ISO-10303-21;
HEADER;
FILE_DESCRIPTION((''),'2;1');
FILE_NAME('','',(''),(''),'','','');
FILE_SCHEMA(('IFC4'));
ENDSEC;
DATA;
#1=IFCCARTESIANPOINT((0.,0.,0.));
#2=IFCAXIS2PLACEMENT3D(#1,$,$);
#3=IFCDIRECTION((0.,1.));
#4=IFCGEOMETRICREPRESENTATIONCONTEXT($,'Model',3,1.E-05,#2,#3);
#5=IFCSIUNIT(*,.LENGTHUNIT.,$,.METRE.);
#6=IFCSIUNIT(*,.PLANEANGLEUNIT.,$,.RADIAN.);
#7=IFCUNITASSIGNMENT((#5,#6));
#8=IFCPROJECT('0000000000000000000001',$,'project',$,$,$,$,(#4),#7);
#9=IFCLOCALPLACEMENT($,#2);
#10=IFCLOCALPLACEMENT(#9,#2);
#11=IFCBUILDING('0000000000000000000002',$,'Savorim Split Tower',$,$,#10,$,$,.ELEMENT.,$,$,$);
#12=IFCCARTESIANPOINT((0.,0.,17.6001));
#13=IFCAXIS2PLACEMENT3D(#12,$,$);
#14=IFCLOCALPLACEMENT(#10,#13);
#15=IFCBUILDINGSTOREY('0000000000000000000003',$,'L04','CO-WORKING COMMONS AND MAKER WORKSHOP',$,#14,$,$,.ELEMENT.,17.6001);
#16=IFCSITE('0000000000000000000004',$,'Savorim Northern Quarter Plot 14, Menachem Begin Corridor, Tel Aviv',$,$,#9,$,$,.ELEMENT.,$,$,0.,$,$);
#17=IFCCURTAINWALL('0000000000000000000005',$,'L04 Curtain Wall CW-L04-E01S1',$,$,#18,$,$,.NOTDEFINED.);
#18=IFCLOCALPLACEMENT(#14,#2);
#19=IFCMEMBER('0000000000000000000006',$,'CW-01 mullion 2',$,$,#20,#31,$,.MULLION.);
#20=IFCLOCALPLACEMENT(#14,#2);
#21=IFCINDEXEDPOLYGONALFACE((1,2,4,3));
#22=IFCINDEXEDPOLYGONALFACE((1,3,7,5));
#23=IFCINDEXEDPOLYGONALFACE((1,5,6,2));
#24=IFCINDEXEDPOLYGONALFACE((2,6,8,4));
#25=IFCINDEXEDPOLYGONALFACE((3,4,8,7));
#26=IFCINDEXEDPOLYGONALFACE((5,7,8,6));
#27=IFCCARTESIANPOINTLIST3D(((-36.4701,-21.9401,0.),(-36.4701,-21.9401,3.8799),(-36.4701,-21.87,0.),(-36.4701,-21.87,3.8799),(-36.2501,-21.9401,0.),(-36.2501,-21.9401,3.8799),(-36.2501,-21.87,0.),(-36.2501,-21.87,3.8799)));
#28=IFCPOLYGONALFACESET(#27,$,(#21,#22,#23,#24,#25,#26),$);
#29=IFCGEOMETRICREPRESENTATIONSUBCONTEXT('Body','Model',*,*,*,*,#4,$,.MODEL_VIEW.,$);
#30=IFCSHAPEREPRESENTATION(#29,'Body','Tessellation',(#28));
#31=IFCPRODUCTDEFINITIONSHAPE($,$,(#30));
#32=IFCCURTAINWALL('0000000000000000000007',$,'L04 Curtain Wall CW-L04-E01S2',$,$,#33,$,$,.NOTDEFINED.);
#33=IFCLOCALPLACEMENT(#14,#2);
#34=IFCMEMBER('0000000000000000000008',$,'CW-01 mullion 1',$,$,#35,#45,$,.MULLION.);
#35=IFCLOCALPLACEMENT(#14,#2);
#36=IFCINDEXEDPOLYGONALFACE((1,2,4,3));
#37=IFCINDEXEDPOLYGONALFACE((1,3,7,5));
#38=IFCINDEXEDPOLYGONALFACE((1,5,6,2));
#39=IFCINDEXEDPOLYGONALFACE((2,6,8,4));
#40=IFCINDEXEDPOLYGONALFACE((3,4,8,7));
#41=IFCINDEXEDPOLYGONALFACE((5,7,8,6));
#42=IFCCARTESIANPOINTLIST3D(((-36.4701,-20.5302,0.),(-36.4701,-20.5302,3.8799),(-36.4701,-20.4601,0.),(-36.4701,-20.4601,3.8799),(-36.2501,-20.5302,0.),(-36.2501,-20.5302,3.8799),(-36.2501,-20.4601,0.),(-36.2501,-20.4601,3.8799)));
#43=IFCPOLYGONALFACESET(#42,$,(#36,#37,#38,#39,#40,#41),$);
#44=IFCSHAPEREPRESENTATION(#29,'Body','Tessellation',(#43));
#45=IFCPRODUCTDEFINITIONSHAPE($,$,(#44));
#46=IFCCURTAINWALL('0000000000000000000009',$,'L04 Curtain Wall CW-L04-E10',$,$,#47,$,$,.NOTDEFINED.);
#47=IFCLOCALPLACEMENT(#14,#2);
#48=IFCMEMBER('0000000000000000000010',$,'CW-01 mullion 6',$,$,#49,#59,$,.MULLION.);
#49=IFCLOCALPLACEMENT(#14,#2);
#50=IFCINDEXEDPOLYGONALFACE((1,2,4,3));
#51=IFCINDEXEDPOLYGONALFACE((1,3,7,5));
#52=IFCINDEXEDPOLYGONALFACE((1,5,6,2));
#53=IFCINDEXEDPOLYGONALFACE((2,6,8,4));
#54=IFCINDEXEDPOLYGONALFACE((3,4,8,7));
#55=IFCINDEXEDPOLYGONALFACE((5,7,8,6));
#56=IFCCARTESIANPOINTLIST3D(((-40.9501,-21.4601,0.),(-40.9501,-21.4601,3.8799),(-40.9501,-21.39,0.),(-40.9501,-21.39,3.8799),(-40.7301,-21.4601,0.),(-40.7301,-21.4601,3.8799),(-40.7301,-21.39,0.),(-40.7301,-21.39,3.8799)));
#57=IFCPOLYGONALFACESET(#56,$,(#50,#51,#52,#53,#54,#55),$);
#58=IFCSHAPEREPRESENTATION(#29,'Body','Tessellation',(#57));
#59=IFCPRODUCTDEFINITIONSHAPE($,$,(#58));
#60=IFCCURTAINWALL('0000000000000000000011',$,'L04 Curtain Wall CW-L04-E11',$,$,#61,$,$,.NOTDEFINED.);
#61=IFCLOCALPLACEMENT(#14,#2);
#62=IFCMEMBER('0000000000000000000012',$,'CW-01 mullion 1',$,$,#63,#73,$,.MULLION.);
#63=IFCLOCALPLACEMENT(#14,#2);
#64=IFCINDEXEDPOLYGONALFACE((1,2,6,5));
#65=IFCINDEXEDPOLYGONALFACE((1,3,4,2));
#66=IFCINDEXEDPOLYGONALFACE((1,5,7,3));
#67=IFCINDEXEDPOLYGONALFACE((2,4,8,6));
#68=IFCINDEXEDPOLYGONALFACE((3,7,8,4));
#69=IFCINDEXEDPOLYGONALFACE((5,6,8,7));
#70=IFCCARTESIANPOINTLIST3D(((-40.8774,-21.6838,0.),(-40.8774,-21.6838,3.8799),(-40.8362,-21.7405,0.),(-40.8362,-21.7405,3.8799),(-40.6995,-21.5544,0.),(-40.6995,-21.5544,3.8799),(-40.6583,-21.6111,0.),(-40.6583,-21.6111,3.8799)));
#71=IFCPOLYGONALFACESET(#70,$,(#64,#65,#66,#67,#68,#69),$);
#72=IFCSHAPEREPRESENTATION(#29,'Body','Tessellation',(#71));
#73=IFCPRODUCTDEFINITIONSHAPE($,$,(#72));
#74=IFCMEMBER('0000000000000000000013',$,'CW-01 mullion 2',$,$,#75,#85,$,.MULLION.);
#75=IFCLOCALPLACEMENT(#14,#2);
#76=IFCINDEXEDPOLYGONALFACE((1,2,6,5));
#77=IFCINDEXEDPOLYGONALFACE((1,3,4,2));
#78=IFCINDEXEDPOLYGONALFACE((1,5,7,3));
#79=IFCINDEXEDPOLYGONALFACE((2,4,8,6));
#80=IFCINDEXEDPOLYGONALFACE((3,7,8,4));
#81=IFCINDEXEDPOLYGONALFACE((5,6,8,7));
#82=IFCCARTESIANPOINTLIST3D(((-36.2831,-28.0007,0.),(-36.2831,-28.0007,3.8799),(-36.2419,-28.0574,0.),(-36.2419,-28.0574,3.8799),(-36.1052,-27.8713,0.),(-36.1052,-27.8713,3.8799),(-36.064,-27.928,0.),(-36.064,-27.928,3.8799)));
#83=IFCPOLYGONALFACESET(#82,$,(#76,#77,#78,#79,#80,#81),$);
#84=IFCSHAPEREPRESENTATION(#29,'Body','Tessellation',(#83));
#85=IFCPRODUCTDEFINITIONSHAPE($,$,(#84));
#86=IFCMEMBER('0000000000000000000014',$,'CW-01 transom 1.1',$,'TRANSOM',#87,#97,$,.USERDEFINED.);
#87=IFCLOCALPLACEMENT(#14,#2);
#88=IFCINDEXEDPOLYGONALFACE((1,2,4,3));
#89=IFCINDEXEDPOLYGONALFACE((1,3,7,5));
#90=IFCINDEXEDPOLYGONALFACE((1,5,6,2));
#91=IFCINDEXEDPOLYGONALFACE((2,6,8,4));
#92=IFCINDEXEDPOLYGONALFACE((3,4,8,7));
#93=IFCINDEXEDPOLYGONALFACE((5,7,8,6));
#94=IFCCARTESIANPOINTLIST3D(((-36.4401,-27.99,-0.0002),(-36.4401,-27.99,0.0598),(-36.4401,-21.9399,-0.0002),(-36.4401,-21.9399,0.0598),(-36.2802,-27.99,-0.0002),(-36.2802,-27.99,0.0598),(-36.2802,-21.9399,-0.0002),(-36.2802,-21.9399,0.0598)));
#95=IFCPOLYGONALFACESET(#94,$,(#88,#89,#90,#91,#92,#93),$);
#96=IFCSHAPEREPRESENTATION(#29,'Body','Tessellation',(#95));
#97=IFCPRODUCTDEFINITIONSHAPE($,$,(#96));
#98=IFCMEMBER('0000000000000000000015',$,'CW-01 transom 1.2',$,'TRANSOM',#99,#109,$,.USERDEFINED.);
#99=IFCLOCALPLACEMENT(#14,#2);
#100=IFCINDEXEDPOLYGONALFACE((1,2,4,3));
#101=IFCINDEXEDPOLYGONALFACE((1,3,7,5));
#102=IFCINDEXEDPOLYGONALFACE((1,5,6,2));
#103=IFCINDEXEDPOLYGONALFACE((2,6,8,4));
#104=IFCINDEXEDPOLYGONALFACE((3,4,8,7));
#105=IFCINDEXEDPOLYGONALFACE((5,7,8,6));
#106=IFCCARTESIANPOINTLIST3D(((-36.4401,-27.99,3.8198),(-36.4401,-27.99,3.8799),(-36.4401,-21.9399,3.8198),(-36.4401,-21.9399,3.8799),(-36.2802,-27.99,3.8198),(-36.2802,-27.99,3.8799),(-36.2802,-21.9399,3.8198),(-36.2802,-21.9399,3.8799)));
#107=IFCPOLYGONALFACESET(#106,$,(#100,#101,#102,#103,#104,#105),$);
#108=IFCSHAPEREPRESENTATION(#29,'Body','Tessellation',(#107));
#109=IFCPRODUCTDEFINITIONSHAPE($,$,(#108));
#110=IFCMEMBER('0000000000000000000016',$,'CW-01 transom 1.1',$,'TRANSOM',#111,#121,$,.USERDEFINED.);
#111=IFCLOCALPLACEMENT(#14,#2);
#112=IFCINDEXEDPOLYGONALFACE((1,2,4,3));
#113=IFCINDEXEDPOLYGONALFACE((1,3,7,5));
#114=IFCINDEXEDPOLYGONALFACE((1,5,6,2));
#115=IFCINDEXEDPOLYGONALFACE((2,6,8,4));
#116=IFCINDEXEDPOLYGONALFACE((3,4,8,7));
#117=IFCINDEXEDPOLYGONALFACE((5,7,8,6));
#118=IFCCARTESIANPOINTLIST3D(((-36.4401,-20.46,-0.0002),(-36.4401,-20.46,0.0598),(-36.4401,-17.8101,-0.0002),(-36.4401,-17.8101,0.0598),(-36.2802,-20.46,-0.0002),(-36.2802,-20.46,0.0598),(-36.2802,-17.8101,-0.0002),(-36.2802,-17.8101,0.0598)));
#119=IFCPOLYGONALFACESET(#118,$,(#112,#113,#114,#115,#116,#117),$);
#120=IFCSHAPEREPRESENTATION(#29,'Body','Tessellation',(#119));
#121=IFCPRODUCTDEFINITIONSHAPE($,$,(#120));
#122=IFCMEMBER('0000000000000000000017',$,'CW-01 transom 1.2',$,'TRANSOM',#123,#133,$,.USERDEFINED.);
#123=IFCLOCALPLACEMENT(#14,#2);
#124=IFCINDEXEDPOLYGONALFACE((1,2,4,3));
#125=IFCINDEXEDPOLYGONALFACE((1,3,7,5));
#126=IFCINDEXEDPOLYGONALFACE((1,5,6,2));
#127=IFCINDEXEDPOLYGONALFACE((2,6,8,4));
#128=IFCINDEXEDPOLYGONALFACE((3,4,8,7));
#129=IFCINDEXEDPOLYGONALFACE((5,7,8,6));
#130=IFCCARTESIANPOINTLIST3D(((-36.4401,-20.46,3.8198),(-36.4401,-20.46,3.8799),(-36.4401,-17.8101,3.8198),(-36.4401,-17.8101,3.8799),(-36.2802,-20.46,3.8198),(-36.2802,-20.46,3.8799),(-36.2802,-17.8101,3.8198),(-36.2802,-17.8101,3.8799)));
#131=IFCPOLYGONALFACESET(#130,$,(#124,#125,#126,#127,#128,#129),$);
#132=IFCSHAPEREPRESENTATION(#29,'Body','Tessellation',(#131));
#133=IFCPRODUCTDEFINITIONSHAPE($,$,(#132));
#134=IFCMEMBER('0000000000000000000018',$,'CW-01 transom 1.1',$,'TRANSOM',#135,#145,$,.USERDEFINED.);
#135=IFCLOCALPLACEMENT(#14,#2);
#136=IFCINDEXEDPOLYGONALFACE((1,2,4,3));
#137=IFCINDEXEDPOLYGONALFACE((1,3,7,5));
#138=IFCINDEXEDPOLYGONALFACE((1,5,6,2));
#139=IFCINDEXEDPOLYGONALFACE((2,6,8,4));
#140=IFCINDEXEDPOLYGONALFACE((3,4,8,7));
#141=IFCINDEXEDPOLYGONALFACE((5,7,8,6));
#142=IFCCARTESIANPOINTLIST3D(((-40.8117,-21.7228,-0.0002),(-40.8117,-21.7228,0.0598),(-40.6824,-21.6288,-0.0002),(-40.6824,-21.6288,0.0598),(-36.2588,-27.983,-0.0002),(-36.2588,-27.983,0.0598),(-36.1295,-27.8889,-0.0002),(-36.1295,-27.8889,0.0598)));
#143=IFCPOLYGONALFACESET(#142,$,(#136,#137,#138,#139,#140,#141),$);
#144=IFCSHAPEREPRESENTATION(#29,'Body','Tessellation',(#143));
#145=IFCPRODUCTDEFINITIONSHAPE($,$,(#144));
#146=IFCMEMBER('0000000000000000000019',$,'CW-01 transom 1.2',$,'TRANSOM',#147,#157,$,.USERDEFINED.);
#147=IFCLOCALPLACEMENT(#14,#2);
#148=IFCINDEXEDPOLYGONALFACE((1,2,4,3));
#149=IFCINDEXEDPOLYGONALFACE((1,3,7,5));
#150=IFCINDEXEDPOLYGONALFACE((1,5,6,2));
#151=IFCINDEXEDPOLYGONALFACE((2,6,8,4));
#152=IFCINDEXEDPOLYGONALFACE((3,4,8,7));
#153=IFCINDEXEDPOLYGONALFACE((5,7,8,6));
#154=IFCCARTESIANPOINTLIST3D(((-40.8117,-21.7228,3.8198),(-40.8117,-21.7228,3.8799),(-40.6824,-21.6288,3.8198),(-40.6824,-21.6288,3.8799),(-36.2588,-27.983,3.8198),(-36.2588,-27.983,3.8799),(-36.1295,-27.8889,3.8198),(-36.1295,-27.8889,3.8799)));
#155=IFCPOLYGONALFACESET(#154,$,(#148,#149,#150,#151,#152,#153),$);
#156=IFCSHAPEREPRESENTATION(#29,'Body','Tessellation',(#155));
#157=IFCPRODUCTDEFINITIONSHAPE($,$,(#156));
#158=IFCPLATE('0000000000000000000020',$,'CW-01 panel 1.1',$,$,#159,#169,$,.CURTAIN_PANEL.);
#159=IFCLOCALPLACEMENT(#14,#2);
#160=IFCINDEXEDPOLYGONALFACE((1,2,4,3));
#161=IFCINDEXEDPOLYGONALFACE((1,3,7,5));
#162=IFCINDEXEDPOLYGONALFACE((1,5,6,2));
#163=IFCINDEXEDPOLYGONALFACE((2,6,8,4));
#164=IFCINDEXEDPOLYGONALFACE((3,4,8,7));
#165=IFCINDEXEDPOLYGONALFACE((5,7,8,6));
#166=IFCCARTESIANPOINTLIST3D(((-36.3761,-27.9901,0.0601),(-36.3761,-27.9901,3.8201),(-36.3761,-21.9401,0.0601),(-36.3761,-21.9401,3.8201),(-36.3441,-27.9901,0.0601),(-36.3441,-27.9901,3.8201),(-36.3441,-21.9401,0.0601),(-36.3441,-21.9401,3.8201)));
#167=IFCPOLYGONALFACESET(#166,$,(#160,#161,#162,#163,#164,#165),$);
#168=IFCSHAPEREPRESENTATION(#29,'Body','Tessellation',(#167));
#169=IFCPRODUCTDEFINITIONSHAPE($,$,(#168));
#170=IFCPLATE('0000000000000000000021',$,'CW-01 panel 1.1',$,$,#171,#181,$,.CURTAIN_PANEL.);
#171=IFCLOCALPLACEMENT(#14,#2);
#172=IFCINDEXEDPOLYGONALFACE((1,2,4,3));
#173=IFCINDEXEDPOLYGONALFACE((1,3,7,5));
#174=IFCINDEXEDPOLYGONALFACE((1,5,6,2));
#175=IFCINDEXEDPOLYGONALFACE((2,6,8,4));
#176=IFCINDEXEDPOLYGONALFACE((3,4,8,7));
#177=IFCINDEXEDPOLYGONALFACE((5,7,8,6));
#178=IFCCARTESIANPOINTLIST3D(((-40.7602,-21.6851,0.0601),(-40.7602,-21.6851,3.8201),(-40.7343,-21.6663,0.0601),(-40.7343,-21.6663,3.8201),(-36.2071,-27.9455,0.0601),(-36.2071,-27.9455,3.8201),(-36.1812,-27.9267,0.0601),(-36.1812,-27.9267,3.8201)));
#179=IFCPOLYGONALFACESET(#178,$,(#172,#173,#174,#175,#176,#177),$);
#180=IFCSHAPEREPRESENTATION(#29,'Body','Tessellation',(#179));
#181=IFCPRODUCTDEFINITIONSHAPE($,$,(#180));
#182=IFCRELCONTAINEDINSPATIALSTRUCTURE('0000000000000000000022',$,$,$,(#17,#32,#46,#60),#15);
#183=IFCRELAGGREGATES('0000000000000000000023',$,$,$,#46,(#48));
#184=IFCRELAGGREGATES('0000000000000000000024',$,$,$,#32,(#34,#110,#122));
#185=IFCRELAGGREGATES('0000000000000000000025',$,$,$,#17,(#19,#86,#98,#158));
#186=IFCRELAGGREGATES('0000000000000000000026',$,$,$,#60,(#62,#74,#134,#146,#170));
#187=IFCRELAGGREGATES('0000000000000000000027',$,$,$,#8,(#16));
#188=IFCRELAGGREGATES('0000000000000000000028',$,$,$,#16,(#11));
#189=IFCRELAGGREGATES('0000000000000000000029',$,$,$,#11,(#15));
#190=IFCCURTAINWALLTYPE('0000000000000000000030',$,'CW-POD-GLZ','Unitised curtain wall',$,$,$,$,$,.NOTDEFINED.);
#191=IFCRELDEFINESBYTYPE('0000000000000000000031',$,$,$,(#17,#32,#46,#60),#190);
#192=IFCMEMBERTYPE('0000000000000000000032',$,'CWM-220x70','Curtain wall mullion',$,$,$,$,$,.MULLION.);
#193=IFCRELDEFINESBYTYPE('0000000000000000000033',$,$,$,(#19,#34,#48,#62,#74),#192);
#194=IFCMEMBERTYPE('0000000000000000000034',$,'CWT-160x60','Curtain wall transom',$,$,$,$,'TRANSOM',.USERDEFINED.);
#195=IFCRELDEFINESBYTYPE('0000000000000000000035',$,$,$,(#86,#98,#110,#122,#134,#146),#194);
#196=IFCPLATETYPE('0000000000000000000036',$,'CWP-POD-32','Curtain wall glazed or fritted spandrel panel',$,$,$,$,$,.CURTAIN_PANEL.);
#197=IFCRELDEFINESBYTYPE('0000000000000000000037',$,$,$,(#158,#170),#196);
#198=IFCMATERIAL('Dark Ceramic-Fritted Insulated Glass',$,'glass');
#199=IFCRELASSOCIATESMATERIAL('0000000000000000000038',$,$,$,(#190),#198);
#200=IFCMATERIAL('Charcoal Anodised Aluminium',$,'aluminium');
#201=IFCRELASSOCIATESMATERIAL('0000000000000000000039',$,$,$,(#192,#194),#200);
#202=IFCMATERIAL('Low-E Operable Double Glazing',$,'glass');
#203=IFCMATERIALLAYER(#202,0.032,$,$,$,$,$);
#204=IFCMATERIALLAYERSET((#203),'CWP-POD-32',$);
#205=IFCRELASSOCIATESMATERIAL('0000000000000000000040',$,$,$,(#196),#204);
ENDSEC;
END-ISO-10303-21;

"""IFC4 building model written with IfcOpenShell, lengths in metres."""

from ifc_helpers import new_model, si_unit, direction, frame, origin, origin_2d, place, context, subcontext, project, spatial, rectangle, extrude, material, layer, layer_set, material_profile, profile_set, type_object, element, aggregate, save


model = new_model("IFC4")

# Units and contexts
model_context = context("Model", 3, precision=1e-05, world=origin(), true_north=direction((0.0, 1.0)))
body_context = subcontext(model_context, "Body", "Model", "MODEL_VIEW")
ifc_project = project(units=[si_unit("LENGTHUNIT", "METRE"), si_unit("PLANEANGLEUNIT", "RADIAN")], contexts=[model_context])

# Site, building, storey
site_placement = place(None, origin())
site = spatial("IfcSite", under=ifc_project, at=site_placement, Name="Savorim Northern Quarter Plot 14, Menachem Begin Corridor, Tel Aviv", CompositionType="ELEMENT", RefElevation=0.0)
building_placement = place(site_placement, origin())
building = spatial("IfcBuilding", under=site, at=building_placement, Name="Savorim Split Tower", CompositionType="ELEMENT")
storey_placement = place(building_placement, frame((0.0, 0.0, 17.6001)))
storey = spatial("IfcBuildingStorey", under=building, at=storey_placement, Name="L04", Description="CO-WORKING COMMONS AND MAKER WORKSHOP", CompositionType="ELEMENT", Elevation=17.6001)

# Curtain wall, member
ifc_material_1 = material(Name="Dark Ceramic-Fritted Insulated Glass", Category="glass")
curtain_wall_type = type_object("IfcCurtainWallType", Name="CW-POD-GLZ", Description="Unitised curtain wall", PredefinedType="NOTDEFINED", material=ifc_material_1)
curtain_wall_1_placement = place(storey_placement, origin())
curtain_wall_1 = element("IfcCurtainWall", 1, at=curtain_wall_1_placement, inside=storey, type_object=curtain_wall_type, Name="L04 Curtain Wall CW-L04-E01S1", PredefinedType="NOTDEFINED")
ifc_material_2 = material(Name="Charcoal Anodised Aluminium", Category="aluminium")
ifc_material_profile_1 = material_profile(ifc_material_2, rectangle(XDim=0.22, YDim=0.0701, at=origin_2d()), Name="ALU-M 220x70")
ifc_profile_set_1 = profile_set([ifc_material_profile_1], Name="Charcoal Anodised Aluminium")
member_type_1 = type_object("IfcMemberType", Name="CWM-220x70", Description="Curtain wall mullion", PredefinedType="MULLION", material=ifc_profile_set_1)
member_1_placement = place(storey_placement, frame((-36.3601, -21.905, 0.0), z_axis=(0.0, 0.0, 1.0), x_axis=(-1.0, 0.0, 0.0)))
member_1 = element("IfcMember", 2, at=member_1_placement, type_object=member_type_1, Name="CW-01 mullion 2", PredefinedType="MULLION", context=body_context, shape_type="SweptSolid", body=[
    extrude(rectangle(XDim=0.22, YDim=0.0701, at=origin_2d()), origin(), (0.0, 0.0, 1.0), 3.8799),
])

# Curtain walls, members
curtain_wall_2_placement = place(storey_placement, origin())
curtain_wall_2 = element("IfcCurtainWall", 3, at=curtain_wall_2_placement, inside=storey, type_object=curtain_wall_type, Name="L04 Curtain Wall CW-L04-E01S2", PredefinedType="NOTDEFINED")
member_2_placement = place(storey_placement, frame((-36.3601, -20.4951, 0.0), z_axis=(0.0, 0.0, 1.0), x_axis=(-1.0, 0.0, 0.0)))
member_2 = element("IfcMember", 4, at=member_2_placement, type_object=member_type_1, Name="CW-01 mullion 1", PredefinedType="MULLION", context=body_context, shape_type="SweptSolid", body=[
    extrude(rectangle(XDim=0.22, YDim=0.0701, at=origin_2d()), origin(), (0.0, 0.0, 1.0), 3.8799),
])
curtain_wall_3_placement = place(storey_placement, origin())
curtain_wall_3 = element("IfcCurtainWall", 5, at=curtain_wall_3_placement, inside=storey, type_object=curtain_wall_type, Name="L04 Curtain Wall CW-L04-E10", PredefinedType="NOTDEFINED")
member_3_placement = place(storey_placement, frame((-40.8401, -21.425, 0.0), z_axis=(0.0, 0.0, 1.0), x_axis=(1.0, 0.0, 0.0)))
member_3 = element("IfcMember", 6, at=member_3_placement, type_object=member_type_1, Name="CW-01 mullion 6", PredefinedType="MULLION", context=body_context, shape_type="SweptSolid", body=[
    extrude(rectangle(XDim=0.22, YDim=0.0701, at=origin_2d()), origin(), (0.0, 0.0, 1.0), 3.8799),
])
aggregate(curtain_wall_3, [member_3])

# Curtain wall, members
curtain_wall_4_placement = place(storey_placement, origin())
curtain_wall_4 = element("IfcCurtainWall", 7, at=curtain_wall_4_placement, inside=storey, type_object=curtain_wall_type, Name="L04 Curtain Wall CW-L04-E11", PredefinedType="NOTDEFINED")
member_4_placement = place(storey_placement, frame((-40.7678, -21.6475, 0.0), z_axis=(0.0, 0.0, 1.0), x_axis=(0.808733, 0.588176, 0.0)))
member_4 = element("IfcMember", 8, at=member_4_placement, type_object=member_type_1, Name="CW-01 mullion 1", PredefinedType="MULLION", context=body_context, shape_type="SweptSolid", body=[
    extrude(rectangle(XDim=0.22, YDim=0.0701, at=origin_2d()), origin(), (0.0, 0.0, 1.0), 3.8799),
])
member_5_placement = place(storey_placement, frame((-36.1736, -27.9644, 0.0), z_axis=(0.0, 0.0, 1.0), x_axis=(0.808733, 0.588176, 0.0)))
member_5 = element("IfcMember", 9, at=member_5_placement, type_object=member_type_1, Name="CW-01 mullion 2", PredefinedType="MULLION", context=body_context, shape_type="SweptSolid", body=[
    extrude(rectangle(XDim=0.22, YDim=0.0701, at=origin_2d()), origin(), (0.0, 0.0, 1.0), 3.8799),
])

# Members
ifc_material_profile_2 = material_profile(ifc_material_2, rectangle(XDim=0.1599, YDim=0.0601, at=origin_2d()), Name="ALU-T 160x60")
ifc_profile_set_2 = profile_set([ifc_material_profile_2], Name="Charcoal Anodised Aluminium")
member_type_2 = type_object("IfcMemberType", Name="CWT-160x60", Description="Curtain wall transom", ElementType="TRANSOM", PredefinedType="USERDEFINED", material=ifc_profile_set_2)
member_6_placement = place(storey_placement, frame((-36.3601, -27.99, 0.0298), z_axis=(0.0, 1.0, 0.0), x_axis=(-1.0, 0.0, 0.0)))
member_6 = element("IfcMember", 10, at=member_6_placement, type_object=member_type_2, Name="CW-01 transom 1.1", ObjectType="TRANSOM", PredefinedType="USERDEFINED", context=body_context, shape_type="SweptSolid", body=[
    extrude(rectangle(XDim=0.1599, YDim=0.0601, at=origin_2d()), origin(), (0.0, 0.0, 1.0), 6.05),
])
member_7_placement = place(storey_placement, frame((-36.3601, -27.99, 3.8499), z_axis=(0.0, 1.0, 0.0), x_axis=(-1.0, 0.0, 0.0)))
member_7 = element("IfcMember", 11, at=member_7_placement, type_object=member_type_2, Name="CW-01 transom 1.2", ObjectType="TRANSOM", PredefinedType="USERDEFINED", context=body_context, shape_type="SweptSolid", body=[
    extrude(rectangle(XDim=0.1599, YDim=0.0601, at=origin_2d()), origin(), (0.0, 0.0, 1.0), 6.05),
])
member_8_placement = place(storey_placement, frame((-36.3601, -20.46, 0.0298), z_axis=(0.0, 1.0, 0.0), x_axis=(-1.0, 0.0, 0.0)))
member_8 = element("IfcMember", 12, at=member_8_placement, type_object=member_type_2, Name="CW-01 transom 1.1", ObjectType="TRANSOM", PredefinedType="USERDEFINED", context=body_context, shape_type="SweptSolid", body=[
    extrude(rectangle(XDim=0.1599, YDim=0.0601, at=origin_2d()), origin(), (0.0, 0.0, 1.0), 2.6499),
])
member_9_placement = place(storey_placement, frame((-36.3601, -20.46, 3.8499), z_axis=(0.0, 1.0, 0.0), x_axis=(-1.0, 0.0, 0.0)))
member_9 = element("IfcMember", 13, at=member_9_placement, type_object=member_type_2, Name="CW-01 transom 1.2", ObjectType="TRANSOM", PredefinedType="USERDEFINED", context=body_context, shape_type="SweptSolid", body=[
    extrude(rectangle(XDim=0.1599, YDim=0.0601, at=origin_2d()), origin(), (0.0, 0.0, 1.0), 2.6499),
])
aggregate(curtain_wall_2, [member_2, member_8, member_9])
member_10_placement = place(storey_placement, frame((-40.7471, -21.6758, 0.0298), z_axis=(0.588177, -0.808732, 0.0), x_axis=(0.808732, 0.588177, 0.0)))
member_10 = element("IfcMember", 14, at=member_10_placement, type_object=member_type_2, Name="CW-01 transom 1.1", ObjectType="TRANSOM", PredefinedType="USERDEFINED", context=body_context, shape_type="SweptSolid", body=[
    extrude(rectangle(XDim=0.1599, YDim=0.0601, at=origin_2d()), origin(), (0.0, 0.0, 1.0), 7.7407),
])
member_11_placement = place(storey_placement, frame((-40.7471, -21.6758, 3.8499), z_axis=(0.588177, -0.808732, 0.0), x_axis=(0.808732, 0.588177, 0.0)))
member_11 = element("IfcMember", 15, at=member_11_placement, type_object=member_type_2, Name="CW-01 transom 1.2", ObjectType="TRANSOM", PredefinedType="USERDEFINED", context=body_context, shape_type="SweptSolid", body=[
    extrude(rectangle(XDim=0.1599, YDim=0.0601, at=origin_2d()), origin(), (0.0, 0.0, 1.0), 7.7407),
])

# Plates
ifc_material_3 = material(Name="Low-E Operable Double Glazing", Category="glass")
ifc_layer = layer(ifc_material_3, 0.032)
ifc_layer_set = layer_set([ifc_layer], Name="CWP-POD-32")
plate_type = type_object("IfcPlateType", Name="CWP-POD-32", Description="Curtain wall glazed or fritted spandrel panel", PredefinedType="CURTAIN_PANEL", material=ifc_layer_set)
plate_1_placement = place(storey_placement, frame((-36.3601, -24.9651, 0.0601), z_axis=(0.0, 0.0, 1.0), x_axis=(0.0, 1.0, 0.0)))
plate_1 = element("IfcPlate", 16, at=plate_1_placement, type_object=plate_type, Name="CW-01 panel 1.1", PredefinedType="CURTAIN_PANEL", context=body_context, shape_type="SweptSolid", body=[
    extrude(rectangle(XDim=6.05, YDim=0.032, at=origin_2d()), origin(), (0.0, 0.0, 1.0), 3.76),
])
aggregate(curtain_wall_1, [member_1, member_6, member_7, plate_1])
plate_2_placement = place(storey_placement, frame((-38.4707, -24.8059, 0.0601), z_axis=(0.0, 0.0, 1.0), x_axis=(0.588176, -0.808733, 0.0)))
plate_2 = element("IfcPlate", 17, at=plate_2_placement, type_object=plate_type, Name="CW-01 panel 1.1", PredefinedType="CURTAIN_PANEL", context=body_context, shape_type="SweptSolid", body=[
    extrude(rectangle(XDim=7.741, YDim=0.032, at=origin_2d()), origin(), (0.0, 0.0, 1.0), 3.76),
])
aggregate(curtain_wall_4, [member_4, member_5, member_10, member_11, plate_2])

save(model, "model.ifc")
